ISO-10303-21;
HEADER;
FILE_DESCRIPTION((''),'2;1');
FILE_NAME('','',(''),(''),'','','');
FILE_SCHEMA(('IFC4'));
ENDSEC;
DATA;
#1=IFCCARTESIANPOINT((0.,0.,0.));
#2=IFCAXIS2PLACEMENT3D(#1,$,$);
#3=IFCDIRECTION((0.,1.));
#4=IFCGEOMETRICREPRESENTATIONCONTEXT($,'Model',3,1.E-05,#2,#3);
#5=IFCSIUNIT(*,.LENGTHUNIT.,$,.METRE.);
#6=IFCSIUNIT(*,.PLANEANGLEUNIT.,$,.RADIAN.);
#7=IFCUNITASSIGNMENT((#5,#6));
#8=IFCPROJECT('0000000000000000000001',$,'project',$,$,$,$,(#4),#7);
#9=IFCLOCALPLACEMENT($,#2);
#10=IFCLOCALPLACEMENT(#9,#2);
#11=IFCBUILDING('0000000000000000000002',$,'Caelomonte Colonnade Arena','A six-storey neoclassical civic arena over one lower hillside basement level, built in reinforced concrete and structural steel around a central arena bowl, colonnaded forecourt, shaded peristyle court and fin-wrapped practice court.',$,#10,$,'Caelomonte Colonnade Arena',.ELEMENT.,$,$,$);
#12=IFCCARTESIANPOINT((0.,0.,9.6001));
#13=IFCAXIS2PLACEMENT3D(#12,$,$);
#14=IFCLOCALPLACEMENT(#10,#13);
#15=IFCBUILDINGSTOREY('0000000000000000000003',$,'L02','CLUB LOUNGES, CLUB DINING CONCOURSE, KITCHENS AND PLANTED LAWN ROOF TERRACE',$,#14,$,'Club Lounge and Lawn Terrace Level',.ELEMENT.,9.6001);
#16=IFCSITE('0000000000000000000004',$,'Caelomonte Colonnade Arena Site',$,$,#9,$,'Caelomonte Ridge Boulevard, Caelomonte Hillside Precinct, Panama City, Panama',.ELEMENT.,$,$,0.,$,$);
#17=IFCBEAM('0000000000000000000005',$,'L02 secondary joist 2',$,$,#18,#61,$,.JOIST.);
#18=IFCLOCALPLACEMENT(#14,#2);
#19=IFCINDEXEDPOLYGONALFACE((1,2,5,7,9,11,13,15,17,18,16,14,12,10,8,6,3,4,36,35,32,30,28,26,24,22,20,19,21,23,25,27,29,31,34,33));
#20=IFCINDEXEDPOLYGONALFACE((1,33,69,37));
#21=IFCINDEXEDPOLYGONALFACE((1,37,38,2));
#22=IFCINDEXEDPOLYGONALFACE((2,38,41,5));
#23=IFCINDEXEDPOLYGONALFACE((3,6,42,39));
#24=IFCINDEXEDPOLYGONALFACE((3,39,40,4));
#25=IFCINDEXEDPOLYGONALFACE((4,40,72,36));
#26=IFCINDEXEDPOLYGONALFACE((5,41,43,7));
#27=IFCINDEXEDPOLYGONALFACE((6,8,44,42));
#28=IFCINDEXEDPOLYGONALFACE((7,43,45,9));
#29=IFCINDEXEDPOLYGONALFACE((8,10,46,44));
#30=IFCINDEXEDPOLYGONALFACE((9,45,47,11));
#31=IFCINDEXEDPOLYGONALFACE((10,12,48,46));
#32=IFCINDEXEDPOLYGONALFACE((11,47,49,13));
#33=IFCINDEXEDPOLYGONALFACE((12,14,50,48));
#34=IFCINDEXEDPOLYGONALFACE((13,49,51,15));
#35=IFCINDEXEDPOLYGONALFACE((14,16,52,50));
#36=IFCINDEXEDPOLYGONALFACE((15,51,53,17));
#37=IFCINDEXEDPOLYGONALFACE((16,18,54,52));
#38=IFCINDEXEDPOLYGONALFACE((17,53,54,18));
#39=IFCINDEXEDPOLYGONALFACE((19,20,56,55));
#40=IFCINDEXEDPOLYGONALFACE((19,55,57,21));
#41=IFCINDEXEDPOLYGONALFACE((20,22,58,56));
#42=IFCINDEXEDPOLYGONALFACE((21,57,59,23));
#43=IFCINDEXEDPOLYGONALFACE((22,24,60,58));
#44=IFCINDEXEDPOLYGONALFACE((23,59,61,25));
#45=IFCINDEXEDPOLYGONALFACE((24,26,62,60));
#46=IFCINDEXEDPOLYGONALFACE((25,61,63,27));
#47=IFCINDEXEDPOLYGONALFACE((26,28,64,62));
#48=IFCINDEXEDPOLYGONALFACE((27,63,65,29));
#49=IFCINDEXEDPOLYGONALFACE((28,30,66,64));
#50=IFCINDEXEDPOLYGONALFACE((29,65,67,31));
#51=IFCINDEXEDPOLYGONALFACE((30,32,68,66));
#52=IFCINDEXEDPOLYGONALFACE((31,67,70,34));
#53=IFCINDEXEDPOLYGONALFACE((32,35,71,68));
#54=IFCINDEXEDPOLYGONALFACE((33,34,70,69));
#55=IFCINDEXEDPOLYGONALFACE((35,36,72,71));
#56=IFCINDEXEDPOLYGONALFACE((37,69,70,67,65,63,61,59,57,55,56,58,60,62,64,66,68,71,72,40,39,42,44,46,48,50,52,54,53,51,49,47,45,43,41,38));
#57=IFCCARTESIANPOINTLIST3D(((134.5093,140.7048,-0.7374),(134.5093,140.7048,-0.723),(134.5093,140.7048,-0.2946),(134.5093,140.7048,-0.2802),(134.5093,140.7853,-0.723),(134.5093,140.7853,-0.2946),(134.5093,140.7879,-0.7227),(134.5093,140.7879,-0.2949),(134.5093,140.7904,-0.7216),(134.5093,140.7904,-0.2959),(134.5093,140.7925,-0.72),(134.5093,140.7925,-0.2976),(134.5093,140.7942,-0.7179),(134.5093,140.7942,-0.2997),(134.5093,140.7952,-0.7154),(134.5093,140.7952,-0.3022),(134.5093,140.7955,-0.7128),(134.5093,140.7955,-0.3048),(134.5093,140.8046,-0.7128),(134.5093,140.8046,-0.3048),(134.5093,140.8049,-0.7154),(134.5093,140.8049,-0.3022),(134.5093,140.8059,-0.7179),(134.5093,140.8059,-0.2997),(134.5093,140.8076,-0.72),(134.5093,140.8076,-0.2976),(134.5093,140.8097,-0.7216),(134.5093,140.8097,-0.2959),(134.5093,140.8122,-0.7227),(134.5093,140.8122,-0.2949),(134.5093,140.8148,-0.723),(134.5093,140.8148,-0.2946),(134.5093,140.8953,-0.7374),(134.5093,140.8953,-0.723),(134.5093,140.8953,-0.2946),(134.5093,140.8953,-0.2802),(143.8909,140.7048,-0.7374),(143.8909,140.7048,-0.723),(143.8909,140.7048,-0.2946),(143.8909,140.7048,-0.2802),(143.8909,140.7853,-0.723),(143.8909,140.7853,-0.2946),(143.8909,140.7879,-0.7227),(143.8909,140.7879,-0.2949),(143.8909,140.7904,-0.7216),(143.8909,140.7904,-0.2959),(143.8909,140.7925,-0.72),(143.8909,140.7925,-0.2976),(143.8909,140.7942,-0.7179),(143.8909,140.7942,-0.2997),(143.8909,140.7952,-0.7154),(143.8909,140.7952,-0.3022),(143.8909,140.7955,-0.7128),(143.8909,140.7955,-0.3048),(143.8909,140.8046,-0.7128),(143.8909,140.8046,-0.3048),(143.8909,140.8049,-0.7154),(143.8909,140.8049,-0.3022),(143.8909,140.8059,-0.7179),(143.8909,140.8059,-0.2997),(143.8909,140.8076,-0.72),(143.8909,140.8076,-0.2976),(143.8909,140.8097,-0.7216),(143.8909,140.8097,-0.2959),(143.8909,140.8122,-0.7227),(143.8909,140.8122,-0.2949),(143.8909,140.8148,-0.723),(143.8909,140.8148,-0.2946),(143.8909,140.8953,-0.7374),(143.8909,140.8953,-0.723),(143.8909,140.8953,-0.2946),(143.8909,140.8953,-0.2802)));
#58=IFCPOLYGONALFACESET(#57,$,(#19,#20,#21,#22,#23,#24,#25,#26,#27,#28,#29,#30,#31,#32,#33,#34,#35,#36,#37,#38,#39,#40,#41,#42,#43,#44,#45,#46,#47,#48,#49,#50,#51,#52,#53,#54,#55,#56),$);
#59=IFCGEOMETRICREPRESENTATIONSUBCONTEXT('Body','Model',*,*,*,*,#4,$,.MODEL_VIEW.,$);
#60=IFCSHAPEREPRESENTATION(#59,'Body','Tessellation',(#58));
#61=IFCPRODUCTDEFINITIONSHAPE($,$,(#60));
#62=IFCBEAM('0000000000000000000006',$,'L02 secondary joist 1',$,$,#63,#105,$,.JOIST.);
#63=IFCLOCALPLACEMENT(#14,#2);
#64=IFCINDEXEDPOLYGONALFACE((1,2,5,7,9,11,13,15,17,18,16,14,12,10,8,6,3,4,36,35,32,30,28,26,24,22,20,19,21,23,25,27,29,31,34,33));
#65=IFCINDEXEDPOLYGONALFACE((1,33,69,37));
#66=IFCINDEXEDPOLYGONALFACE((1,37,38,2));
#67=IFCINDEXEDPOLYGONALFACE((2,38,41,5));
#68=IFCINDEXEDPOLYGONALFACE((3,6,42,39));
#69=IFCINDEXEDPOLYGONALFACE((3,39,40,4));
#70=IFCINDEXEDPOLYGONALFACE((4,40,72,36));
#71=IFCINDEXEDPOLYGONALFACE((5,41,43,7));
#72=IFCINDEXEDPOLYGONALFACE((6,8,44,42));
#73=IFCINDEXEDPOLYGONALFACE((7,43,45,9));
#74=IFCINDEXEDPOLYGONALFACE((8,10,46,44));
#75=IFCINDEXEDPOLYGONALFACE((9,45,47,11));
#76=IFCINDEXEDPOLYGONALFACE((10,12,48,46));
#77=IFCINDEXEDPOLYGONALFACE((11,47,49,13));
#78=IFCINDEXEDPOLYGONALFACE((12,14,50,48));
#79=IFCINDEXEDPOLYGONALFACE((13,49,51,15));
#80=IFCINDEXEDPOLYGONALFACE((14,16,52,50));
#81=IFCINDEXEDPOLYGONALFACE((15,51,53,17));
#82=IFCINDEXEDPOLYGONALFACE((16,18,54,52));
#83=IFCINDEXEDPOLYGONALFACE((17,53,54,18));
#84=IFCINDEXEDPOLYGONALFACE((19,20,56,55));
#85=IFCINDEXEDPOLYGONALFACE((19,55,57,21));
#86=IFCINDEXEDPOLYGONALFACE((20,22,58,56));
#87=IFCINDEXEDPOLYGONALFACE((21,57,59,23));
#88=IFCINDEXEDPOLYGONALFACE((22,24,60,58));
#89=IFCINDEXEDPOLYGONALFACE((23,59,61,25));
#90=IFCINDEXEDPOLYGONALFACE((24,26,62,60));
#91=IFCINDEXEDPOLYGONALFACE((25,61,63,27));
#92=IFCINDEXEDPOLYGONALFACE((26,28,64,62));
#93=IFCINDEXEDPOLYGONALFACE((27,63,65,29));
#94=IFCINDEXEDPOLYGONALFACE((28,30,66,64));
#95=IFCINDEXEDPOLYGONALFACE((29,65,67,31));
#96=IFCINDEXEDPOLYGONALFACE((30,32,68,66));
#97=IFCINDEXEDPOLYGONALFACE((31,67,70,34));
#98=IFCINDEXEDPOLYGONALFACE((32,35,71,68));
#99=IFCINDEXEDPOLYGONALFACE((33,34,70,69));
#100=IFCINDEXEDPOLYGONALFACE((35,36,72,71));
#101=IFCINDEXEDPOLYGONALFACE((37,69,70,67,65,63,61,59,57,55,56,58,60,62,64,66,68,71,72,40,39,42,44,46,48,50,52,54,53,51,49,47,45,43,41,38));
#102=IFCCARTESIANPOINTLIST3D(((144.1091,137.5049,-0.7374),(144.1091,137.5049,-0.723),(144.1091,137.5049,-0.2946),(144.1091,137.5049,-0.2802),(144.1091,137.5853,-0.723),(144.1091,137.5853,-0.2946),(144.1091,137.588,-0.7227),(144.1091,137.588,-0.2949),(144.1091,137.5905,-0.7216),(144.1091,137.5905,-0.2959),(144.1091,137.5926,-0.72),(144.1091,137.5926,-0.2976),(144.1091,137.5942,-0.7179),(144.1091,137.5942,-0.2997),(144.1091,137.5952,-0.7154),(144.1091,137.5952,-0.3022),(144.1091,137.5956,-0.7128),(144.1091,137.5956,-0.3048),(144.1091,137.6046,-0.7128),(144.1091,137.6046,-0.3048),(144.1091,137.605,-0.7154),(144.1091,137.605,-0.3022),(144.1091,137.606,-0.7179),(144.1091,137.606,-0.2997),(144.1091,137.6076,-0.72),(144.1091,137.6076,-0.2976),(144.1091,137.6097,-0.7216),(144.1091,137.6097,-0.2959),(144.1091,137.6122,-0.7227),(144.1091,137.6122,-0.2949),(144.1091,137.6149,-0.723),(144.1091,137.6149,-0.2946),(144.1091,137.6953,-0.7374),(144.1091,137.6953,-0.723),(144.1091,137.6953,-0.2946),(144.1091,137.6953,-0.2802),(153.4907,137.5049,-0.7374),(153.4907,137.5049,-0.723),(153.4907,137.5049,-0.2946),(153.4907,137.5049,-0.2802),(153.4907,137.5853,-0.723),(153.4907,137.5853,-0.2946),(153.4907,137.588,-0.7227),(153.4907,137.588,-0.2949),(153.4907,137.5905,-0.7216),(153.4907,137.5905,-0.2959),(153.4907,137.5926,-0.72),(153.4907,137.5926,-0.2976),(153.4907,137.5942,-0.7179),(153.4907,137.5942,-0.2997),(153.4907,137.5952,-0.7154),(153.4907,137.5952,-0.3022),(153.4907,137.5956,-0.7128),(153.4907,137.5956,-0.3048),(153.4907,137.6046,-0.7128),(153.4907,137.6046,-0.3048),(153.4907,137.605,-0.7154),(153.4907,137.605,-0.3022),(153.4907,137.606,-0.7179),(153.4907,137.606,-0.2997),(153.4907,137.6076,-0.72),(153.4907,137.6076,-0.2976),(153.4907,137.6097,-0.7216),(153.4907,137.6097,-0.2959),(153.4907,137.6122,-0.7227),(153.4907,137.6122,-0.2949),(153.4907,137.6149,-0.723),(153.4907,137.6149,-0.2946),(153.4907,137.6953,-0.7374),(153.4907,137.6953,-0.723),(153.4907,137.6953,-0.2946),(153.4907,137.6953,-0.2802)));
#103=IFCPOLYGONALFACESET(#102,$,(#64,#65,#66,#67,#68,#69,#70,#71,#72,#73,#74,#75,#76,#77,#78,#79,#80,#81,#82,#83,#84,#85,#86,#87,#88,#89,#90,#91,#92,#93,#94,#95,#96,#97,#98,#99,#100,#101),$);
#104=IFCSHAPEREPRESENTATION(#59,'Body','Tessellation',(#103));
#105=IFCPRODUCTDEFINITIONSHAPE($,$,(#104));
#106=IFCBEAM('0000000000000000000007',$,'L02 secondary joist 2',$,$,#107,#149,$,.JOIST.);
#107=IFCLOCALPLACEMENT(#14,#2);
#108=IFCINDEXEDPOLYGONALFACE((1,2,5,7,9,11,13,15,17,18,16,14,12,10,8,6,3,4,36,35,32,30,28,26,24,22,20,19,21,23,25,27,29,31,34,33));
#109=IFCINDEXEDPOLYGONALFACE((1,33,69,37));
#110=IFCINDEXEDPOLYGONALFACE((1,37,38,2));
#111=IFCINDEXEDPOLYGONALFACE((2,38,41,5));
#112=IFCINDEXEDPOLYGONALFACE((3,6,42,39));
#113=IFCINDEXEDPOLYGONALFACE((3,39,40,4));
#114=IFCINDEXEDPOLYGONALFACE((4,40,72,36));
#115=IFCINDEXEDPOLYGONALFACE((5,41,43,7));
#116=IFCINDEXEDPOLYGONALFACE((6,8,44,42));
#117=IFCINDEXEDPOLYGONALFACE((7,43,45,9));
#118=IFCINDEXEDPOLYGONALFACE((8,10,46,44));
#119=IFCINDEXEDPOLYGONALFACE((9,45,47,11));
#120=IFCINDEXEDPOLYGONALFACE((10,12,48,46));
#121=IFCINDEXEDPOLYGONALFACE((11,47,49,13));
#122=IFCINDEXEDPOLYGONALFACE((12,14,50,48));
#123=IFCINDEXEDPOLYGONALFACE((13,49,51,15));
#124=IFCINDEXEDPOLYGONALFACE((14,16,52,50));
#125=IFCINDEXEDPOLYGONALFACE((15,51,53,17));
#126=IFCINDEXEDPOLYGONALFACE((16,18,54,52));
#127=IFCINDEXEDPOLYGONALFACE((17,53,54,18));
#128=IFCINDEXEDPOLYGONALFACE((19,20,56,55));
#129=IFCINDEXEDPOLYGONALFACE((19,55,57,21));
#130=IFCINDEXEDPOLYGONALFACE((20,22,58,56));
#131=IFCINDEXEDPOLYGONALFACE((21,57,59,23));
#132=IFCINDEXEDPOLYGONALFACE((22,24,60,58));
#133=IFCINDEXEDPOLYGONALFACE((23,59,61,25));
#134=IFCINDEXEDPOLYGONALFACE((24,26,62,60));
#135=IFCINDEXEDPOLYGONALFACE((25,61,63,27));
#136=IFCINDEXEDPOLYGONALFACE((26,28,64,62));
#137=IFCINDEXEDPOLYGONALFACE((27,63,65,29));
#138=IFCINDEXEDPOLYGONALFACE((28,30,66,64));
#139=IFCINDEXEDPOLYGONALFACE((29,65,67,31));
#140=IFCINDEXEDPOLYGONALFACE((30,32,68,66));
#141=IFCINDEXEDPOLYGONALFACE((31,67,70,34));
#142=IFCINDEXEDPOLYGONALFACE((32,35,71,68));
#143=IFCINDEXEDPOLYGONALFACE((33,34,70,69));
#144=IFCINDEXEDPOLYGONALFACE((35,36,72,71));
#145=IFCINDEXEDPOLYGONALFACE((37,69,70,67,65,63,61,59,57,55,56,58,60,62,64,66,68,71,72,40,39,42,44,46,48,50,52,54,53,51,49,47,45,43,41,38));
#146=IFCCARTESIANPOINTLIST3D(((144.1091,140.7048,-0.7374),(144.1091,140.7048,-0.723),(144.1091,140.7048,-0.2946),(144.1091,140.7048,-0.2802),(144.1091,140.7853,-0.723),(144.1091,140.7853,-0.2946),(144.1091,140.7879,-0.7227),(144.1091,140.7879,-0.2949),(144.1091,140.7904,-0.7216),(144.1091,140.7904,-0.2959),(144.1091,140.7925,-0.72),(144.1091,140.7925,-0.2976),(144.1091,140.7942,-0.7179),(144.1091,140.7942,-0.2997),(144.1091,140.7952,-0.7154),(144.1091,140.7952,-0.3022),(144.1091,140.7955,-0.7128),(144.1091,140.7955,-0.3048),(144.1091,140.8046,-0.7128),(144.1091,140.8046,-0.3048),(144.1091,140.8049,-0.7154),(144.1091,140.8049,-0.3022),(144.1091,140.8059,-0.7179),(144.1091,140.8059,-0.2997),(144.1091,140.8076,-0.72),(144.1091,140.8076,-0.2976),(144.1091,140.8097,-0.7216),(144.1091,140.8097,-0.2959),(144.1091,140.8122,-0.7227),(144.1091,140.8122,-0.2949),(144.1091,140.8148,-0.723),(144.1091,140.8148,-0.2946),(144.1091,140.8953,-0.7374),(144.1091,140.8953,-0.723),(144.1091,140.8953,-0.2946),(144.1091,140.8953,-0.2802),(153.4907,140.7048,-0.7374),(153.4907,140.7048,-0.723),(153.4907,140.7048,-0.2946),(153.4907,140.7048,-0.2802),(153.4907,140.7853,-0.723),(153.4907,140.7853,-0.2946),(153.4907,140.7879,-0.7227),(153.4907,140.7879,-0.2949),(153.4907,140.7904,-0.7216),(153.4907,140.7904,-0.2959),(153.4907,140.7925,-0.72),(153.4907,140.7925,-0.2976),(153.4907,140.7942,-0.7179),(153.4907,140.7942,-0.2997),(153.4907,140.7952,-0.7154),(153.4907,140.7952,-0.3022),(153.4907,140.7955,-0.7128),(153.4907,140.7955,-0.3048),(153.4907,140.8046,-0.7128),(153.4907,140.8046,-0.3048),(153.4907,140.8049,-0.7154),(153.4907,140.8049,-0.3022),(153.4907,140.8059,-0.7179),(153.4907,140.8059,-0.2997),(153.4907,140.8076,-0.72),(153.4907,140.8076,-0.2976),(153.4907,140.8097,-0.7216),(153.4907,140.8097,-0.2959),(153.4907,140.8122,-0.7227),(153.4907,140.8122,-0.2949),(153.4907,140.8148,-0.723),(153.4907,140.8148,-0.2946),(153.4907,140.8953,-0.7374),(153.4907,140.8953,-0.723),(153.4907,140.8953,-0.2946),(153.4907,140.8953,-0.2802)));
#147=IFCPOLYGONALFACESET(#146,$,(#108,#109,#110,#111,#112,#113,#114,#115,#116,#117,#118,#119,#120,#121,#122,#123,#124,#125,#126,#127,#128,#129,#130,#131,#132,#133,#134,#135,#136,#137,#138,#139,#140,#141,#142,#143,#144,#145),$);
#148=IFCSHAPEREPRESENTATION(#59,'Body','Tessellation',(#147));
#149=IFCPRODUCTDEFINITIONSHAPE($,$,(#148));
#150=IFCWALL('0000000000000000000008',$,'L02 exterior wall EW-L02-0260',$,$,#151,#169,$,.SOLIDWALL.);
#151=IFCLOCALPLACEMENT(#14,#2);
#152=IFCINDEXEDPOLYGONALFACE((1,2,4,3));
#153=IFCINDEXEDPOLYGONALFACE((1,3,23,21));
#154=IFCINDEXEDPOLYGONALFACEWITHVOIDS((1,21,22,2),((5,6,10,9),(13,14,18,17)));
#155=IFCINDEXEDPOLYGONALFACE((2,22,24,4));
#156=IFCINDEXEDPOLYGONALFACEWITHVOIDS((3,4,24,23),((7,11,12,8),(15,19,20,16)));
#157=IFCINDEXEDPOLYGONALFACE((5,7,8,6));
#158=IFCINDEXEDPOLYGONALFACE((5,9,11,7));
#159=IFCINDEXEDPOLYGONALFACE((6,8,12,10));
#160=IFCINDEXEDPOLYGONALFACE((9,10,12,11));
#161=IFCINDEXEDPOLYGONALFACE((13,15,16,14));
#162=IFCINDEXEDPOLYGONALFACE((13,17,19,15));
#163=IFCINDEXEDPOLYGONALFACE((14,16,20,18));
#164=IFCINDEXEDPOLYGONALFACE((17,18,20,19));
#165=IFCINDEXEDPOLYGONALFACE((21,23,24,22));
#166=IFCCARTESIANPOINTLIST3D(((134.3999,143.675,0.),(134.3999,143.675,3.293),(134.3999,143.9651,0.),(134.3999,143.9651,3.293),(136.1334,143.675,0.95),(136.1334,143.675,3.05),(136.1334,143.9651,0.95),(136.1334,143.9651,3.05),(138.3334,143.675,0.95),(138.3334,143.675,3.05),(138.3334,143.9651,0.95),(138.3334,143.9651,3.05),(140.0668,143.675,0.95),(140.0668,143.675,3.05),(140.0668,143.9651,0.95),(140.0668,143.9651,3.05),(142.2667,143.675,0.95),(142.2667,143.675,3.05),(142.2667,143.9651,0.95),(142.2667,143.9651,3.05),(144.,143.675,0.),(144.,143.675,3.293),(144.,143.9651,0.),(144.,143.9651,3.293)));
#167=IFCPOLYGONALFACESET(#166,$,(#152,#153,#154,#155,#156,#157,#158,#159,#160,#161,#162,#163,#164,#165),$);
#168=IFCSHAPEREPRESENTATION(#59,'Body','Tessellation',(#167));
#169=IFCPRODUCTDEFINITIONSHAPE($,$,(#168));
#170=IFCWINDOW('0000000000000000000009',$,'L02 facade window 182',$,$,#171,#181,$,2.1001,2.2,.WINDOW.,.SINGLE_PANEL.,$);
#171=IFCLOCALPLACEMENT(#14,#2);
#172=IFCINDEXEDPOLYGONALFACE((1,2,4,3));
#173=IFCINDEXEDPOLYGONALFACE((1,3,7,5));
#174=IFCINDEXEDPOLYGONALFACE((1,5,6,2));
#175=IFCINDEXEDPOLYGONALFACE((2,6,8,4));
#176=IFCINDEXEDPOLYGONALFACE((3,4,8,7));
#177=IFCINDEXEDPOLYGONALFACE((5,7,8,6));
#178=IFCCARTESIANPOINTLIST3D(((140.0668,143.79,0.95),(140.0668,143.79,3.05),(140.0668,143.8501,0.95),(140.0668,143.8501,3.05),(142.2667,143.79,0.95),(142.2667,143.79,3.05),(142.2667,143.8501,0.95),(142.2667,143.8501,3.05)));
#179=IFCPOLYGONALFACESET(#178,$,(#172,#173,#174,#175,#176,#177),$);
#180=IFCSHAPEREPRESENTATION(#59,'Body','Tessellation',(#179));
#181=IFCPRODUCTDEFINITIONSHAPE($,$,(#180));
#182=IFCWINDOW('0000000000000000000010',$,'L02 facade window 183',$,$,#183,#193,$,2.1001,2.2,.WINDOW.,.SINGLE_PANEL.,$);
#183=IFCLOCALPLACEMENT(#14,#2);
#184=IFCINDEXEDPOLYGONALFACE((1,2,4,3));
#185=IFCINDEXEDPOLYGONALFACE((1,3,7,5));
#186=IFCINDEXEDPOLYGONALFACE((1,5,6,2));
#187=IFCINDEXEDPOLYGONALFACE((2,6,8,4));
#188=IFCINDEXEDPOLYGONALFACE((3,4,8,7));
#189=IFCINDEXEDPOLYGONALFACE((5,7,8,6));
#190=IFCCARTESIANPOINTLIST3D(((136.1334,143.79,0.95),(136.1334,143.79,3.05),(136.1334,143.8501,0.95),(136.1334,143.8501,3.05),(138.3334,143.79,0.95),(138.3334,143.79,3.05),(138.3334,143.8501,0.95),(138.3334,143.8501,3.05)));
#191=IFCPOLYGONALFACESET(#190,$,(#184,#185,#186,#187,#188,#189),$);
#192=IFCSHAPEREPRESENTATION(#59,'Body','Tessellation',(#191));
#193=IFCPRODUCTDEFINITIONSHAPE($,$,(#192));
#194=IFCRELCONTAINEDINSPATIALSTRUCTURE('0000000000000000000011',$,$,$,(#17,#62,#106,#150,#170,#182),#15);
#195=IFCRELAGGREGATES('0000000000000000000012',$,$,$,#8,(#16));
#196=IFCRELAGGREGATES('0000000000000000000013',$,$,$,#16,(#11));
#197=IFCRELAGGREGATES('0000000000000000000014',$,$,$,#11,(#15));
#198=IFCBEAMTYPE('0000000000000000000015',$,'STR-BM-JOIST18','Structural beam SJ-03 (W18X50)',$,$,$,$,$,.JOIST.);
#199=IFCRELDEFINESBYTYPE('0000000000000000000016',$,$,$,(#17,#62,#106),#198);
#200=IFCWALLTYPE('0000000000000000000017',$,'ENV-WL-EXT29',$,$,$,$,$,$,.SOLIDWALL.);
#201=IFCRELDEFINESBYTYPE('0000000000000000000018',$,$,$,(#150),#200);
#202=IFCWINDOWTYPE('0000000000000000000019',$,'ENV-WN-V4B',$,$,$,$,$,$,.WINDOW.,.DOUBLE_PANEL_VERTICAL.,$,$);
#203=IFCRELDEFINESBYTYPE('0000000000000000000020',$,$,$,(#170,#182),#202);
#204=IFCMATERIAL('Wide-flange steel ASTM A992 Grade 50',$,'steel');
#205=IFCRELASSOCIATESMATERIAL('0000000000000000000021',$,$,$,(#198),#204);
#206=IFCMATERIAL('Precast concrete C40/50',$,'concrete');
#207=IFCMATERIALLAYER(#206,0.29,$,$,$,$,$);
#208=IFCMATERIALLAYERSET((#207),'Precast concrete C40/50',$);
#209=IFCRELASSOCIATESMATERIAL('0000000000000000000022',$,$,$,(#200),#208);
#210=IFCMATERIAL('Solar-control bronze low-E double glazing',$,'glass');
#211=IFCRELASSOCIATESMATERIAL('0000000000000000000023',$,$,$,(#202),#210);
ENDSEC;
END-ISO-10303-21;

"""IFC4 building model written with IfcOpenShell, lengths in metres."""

from ifc_helpers import new_model, si_unit, direction, frame, frame_2d, origin, origin_2d, place, context, subcontext, project, spatial, rectangle, i_section, extrude, material, layer, layer_set, material_profile, profile_set, type_object, element, fill, save


model = new_model("IFC4")

# Units and contexts
model_context = context("Model", 3, precision=1e-05, world=origin(), true_north=direction((0.0, 1.0)))
body_context = subcontext(model_context, "Body", "Model", "MODEL_VIEW")
ifc_project = project(units=[si_unit("LENGTHUNIT", "METRE"), si_unit("PLANEANGLEUNIT", "RADIAN")], contexts=[model_context])

# Site, building, storey
site_placement = place(None, origin())
site = spatial("IfcSite", under=ifc_project, at=site_placement, Name="Caelomonte Colonnade Arena Site", LongName="Caelomonte Ridge Boulevard, Caelomonte Hillside Precinct, Panama City, Panama", CompositionType="ELEMENT", RefElevation=0.0)
building_placement = place(site_placement, origin())
building = spatial("IfcBuilding", under=site, at=building_placement, Name="Caelomonte Colonnade Arena", Description="A six-storey neoclassical civic arena over one lower hillside basement level, built in reinforced concrete and structural steel around a central arena bowl, colonnaded forecourt, shaded peristyle court and fin-wrapped practice court.", LongName="Caelomonte Colonnade Arena", CompositionType="ELEMENT")
storey_placement = place(building_placement, frame((0.0, 0.0, 9.6001)))
storey = spatial("IfcBuildingStorey", under=building, at=storey_placement, Name="L02", Description="CLUB LOUNGES, CLUB DINING CONCOURSE, KITCHENS AND PLANTED LAWN ROOF TERRACE", LongName="Club Lounge and Lawn Terrace Level", CompositionType="ELEMENT", Elevation=9.6001)

# Beams
ifc_material_1 = material(Name="Wide-flange steel ASTM A992 Grade 50", Category="steel")
ifc_material_profile_1 = material_profile(ifc_material_1, i_section(OverallWidth=0.1904, OverallDepth=0.4573, WebThickness=0.009, FlangeThickness=0.0144, FilletRadius=0.0103, at=origin_2d()), Name="W18X50")
ifc_profile_set_1 = profile_set([ifc_material_profile_1], Name="Wide-flange steel ASTM A992 Grade 50")
beam_type_1 = type_object("IfcBeamType", Name="STR-BM-JOIST18", Description="Structural beam SJ-03 (W18X50)", PredefinedType="JOIST", material=ifc_profile_set_1)
for number, where, z_axis, x_axis, name in (
    (1, (134.5093, 140.8, -0.5088), (1.0, 0.0, 0.0), (0.0, 1.0, 0.0), "L02 secondary joist 2"),
    (2, (144.1091, 137.6001, -0.5088), (1.0, 0.0, 0.0), (0.0, 1.0, 0.0), "L02 secondary joist 1"),
    (3, (144.1091, 140.8, -0.5088), (1.0, 0.0, 0.0), (0.0, 1.0, 0.0), "L02 secondary joist 2"),
):
    element("IfcBeam", number, at=place(storey_placement, frame(where, z_axis=z_axis, x_axis=x_axis)), inside=storey, type_object=beam_type_1, Name=name, PredefinedType="JOIST", context=body_context, shape_type="SweptSolid", body=[
        extrude(i_section(OverallWidth=0.1904, OverallDepth=0.4573, WebThickness=0.009, FlangeThickness=0.0144, FilletRadius=0.0103, at=origin_2d()), origin(), (0.0, 0.0, 1.0), 9.3816),
    ])

# Wall, openings, windows
ifc_material_2 = material(Name="Precast concrete C40/50", Category="concrete")
ifc_layer_1 = layer(ifc_material_2, 0.29)
ifc_layer_set_1 = layer_set([ifc_layer_1], Name="Precast concrete C40/50")
wall_type_1 = type_object("IfcWallType", Name="ENV-WL-EXT29", PredefinedType="SOLIDWALL", material=ifc_layer_set_1)
wall_1_placement = place(storey_placement, frame((144.0, 143.8201, 0.0), z_axis=(0.0, 0.0, 1.0), x_axis=(-1.0, 0.0, 0.0)))
wall_1 = element("IfcWall", 4, at=wall_1_placement, inside=storey, type_object=wall_type_1, Name="L02 exterior wall EW-L02-0260", PredefinedType="SOLIDWALL", context=body_context, shape_type="SweptSolid", body=[
    extrude(rectangle(XDim=9.6001, YDim=0.29, at=frame_2d((4.8, 0.0))), origin(), (0.0, 0.0, 1.0), 3.293),
])
opening_1_placement = place(wall_1_placement, frame((3.9333, 0.0, 0.95), z_axis=(0.0, 0.0, 1.0), x_axis=(-1.0, 0.0, 0.0)))
opening_1 = element("IfcOpeningElement", 5, at=opening_1_placement, cuts=wall_1, PredefinedType="OPENING", context=body_context, shape_type="SweptSolid", body=[
    extrude(rectangle(XDim=2.2, YDim=2.1001, at=frame_2d((1.1001, 1.05))), frame((0.0, 0.155, 0.0), z_axis=(0.0, -1.0, 0.0), x_axis=(1.0, 0.0, 0.0)), (0.0, 0.0, 1.0), 0.3101),
])
opening_2_placement = place(wall_1_placement, frame((7.8667, 0.0, 0.95), z_axis=(0.0, 0.0, 1.0), x_axis=(-1.0, 0.0, 0.0)))
opening_2 = element("IfcOpeningElement", 6, at=opening_2_placement, cuts=wall_1, PredefinedType="OPENING", context=body_context, shape_type="SweptSolid", body=[
    extrude(rectangle(XDim=2.2, YDim=2.1001, at=frame_2d((1.1001, 1.05))), frame((0.0, 0.155, 0.0), z_axis=(0.0, -1.0, 0.0), x_axis=(1.0, 0.0, 0.0)), (0.0, 0.0, 1.0), 0.3101),
])
ifc_material_3 = material(Name="Solar-control bronze low-E double glazing", Category="glass")
window_type = type_object("IfcWindowType", Name="ENV-WN-V4B", PartitioningType="DOUBLE_PANEL_VERTICAL", PredefinedType="WINDOW", material=ifc_material_3)
window_1_placement = place(opening_1_placement, origin())
window_1 = element("IfcWindow", 7, at=window_1_placement, inside=storey, type_object=window_type, Name="L02 facade window 182", OverallHeight=2.1001, OverallWidth=2.2, PartitioningType="SINGLE_PANEL", PredefinedType="WINDOW", context=body_context, shape_type="SweptSolid", body=[
    extrude(rectangle(XDim=2.2, YDim=2.1001, at=frame_2d((1.1001, 1.05))), frame((0.0, 0.03, 0.0), z_axis=(0.0, -1.0, 0.0), x_axis=(1.0, 0.0, 0.0)), (0.0, 0.0, 1.0), 0.0601),
])
fill(opening_1, window_1)
window_2_placement = place(opening_2_placement, origin())
window_2 = element("IfcWindow", 8, at=window_2_placement, inside=storey, type_object=window_type, Name="L02 facade window 183", OverallHeight=2.1001, OverallWidth=2.2, PartitioningType="SINGLE_PANEL", PredefinedType="WINDOW", context=body_context, shape_type="SweptSolid", body=[
    extrude(rectangle(XDim=2.2, YDim=2.1001, at=frame_2d((1.1001, 1.05))), frame((0.0, 0.03, 0.0), z_axis=(0.0, -1.0, 0.0), x_axis=(1.0, 0.0, 0.0)), (0.0, 0.0, 1.0), 0.0601),
])
fill(opening_2, window_2)

save(model, "model.ifc")
